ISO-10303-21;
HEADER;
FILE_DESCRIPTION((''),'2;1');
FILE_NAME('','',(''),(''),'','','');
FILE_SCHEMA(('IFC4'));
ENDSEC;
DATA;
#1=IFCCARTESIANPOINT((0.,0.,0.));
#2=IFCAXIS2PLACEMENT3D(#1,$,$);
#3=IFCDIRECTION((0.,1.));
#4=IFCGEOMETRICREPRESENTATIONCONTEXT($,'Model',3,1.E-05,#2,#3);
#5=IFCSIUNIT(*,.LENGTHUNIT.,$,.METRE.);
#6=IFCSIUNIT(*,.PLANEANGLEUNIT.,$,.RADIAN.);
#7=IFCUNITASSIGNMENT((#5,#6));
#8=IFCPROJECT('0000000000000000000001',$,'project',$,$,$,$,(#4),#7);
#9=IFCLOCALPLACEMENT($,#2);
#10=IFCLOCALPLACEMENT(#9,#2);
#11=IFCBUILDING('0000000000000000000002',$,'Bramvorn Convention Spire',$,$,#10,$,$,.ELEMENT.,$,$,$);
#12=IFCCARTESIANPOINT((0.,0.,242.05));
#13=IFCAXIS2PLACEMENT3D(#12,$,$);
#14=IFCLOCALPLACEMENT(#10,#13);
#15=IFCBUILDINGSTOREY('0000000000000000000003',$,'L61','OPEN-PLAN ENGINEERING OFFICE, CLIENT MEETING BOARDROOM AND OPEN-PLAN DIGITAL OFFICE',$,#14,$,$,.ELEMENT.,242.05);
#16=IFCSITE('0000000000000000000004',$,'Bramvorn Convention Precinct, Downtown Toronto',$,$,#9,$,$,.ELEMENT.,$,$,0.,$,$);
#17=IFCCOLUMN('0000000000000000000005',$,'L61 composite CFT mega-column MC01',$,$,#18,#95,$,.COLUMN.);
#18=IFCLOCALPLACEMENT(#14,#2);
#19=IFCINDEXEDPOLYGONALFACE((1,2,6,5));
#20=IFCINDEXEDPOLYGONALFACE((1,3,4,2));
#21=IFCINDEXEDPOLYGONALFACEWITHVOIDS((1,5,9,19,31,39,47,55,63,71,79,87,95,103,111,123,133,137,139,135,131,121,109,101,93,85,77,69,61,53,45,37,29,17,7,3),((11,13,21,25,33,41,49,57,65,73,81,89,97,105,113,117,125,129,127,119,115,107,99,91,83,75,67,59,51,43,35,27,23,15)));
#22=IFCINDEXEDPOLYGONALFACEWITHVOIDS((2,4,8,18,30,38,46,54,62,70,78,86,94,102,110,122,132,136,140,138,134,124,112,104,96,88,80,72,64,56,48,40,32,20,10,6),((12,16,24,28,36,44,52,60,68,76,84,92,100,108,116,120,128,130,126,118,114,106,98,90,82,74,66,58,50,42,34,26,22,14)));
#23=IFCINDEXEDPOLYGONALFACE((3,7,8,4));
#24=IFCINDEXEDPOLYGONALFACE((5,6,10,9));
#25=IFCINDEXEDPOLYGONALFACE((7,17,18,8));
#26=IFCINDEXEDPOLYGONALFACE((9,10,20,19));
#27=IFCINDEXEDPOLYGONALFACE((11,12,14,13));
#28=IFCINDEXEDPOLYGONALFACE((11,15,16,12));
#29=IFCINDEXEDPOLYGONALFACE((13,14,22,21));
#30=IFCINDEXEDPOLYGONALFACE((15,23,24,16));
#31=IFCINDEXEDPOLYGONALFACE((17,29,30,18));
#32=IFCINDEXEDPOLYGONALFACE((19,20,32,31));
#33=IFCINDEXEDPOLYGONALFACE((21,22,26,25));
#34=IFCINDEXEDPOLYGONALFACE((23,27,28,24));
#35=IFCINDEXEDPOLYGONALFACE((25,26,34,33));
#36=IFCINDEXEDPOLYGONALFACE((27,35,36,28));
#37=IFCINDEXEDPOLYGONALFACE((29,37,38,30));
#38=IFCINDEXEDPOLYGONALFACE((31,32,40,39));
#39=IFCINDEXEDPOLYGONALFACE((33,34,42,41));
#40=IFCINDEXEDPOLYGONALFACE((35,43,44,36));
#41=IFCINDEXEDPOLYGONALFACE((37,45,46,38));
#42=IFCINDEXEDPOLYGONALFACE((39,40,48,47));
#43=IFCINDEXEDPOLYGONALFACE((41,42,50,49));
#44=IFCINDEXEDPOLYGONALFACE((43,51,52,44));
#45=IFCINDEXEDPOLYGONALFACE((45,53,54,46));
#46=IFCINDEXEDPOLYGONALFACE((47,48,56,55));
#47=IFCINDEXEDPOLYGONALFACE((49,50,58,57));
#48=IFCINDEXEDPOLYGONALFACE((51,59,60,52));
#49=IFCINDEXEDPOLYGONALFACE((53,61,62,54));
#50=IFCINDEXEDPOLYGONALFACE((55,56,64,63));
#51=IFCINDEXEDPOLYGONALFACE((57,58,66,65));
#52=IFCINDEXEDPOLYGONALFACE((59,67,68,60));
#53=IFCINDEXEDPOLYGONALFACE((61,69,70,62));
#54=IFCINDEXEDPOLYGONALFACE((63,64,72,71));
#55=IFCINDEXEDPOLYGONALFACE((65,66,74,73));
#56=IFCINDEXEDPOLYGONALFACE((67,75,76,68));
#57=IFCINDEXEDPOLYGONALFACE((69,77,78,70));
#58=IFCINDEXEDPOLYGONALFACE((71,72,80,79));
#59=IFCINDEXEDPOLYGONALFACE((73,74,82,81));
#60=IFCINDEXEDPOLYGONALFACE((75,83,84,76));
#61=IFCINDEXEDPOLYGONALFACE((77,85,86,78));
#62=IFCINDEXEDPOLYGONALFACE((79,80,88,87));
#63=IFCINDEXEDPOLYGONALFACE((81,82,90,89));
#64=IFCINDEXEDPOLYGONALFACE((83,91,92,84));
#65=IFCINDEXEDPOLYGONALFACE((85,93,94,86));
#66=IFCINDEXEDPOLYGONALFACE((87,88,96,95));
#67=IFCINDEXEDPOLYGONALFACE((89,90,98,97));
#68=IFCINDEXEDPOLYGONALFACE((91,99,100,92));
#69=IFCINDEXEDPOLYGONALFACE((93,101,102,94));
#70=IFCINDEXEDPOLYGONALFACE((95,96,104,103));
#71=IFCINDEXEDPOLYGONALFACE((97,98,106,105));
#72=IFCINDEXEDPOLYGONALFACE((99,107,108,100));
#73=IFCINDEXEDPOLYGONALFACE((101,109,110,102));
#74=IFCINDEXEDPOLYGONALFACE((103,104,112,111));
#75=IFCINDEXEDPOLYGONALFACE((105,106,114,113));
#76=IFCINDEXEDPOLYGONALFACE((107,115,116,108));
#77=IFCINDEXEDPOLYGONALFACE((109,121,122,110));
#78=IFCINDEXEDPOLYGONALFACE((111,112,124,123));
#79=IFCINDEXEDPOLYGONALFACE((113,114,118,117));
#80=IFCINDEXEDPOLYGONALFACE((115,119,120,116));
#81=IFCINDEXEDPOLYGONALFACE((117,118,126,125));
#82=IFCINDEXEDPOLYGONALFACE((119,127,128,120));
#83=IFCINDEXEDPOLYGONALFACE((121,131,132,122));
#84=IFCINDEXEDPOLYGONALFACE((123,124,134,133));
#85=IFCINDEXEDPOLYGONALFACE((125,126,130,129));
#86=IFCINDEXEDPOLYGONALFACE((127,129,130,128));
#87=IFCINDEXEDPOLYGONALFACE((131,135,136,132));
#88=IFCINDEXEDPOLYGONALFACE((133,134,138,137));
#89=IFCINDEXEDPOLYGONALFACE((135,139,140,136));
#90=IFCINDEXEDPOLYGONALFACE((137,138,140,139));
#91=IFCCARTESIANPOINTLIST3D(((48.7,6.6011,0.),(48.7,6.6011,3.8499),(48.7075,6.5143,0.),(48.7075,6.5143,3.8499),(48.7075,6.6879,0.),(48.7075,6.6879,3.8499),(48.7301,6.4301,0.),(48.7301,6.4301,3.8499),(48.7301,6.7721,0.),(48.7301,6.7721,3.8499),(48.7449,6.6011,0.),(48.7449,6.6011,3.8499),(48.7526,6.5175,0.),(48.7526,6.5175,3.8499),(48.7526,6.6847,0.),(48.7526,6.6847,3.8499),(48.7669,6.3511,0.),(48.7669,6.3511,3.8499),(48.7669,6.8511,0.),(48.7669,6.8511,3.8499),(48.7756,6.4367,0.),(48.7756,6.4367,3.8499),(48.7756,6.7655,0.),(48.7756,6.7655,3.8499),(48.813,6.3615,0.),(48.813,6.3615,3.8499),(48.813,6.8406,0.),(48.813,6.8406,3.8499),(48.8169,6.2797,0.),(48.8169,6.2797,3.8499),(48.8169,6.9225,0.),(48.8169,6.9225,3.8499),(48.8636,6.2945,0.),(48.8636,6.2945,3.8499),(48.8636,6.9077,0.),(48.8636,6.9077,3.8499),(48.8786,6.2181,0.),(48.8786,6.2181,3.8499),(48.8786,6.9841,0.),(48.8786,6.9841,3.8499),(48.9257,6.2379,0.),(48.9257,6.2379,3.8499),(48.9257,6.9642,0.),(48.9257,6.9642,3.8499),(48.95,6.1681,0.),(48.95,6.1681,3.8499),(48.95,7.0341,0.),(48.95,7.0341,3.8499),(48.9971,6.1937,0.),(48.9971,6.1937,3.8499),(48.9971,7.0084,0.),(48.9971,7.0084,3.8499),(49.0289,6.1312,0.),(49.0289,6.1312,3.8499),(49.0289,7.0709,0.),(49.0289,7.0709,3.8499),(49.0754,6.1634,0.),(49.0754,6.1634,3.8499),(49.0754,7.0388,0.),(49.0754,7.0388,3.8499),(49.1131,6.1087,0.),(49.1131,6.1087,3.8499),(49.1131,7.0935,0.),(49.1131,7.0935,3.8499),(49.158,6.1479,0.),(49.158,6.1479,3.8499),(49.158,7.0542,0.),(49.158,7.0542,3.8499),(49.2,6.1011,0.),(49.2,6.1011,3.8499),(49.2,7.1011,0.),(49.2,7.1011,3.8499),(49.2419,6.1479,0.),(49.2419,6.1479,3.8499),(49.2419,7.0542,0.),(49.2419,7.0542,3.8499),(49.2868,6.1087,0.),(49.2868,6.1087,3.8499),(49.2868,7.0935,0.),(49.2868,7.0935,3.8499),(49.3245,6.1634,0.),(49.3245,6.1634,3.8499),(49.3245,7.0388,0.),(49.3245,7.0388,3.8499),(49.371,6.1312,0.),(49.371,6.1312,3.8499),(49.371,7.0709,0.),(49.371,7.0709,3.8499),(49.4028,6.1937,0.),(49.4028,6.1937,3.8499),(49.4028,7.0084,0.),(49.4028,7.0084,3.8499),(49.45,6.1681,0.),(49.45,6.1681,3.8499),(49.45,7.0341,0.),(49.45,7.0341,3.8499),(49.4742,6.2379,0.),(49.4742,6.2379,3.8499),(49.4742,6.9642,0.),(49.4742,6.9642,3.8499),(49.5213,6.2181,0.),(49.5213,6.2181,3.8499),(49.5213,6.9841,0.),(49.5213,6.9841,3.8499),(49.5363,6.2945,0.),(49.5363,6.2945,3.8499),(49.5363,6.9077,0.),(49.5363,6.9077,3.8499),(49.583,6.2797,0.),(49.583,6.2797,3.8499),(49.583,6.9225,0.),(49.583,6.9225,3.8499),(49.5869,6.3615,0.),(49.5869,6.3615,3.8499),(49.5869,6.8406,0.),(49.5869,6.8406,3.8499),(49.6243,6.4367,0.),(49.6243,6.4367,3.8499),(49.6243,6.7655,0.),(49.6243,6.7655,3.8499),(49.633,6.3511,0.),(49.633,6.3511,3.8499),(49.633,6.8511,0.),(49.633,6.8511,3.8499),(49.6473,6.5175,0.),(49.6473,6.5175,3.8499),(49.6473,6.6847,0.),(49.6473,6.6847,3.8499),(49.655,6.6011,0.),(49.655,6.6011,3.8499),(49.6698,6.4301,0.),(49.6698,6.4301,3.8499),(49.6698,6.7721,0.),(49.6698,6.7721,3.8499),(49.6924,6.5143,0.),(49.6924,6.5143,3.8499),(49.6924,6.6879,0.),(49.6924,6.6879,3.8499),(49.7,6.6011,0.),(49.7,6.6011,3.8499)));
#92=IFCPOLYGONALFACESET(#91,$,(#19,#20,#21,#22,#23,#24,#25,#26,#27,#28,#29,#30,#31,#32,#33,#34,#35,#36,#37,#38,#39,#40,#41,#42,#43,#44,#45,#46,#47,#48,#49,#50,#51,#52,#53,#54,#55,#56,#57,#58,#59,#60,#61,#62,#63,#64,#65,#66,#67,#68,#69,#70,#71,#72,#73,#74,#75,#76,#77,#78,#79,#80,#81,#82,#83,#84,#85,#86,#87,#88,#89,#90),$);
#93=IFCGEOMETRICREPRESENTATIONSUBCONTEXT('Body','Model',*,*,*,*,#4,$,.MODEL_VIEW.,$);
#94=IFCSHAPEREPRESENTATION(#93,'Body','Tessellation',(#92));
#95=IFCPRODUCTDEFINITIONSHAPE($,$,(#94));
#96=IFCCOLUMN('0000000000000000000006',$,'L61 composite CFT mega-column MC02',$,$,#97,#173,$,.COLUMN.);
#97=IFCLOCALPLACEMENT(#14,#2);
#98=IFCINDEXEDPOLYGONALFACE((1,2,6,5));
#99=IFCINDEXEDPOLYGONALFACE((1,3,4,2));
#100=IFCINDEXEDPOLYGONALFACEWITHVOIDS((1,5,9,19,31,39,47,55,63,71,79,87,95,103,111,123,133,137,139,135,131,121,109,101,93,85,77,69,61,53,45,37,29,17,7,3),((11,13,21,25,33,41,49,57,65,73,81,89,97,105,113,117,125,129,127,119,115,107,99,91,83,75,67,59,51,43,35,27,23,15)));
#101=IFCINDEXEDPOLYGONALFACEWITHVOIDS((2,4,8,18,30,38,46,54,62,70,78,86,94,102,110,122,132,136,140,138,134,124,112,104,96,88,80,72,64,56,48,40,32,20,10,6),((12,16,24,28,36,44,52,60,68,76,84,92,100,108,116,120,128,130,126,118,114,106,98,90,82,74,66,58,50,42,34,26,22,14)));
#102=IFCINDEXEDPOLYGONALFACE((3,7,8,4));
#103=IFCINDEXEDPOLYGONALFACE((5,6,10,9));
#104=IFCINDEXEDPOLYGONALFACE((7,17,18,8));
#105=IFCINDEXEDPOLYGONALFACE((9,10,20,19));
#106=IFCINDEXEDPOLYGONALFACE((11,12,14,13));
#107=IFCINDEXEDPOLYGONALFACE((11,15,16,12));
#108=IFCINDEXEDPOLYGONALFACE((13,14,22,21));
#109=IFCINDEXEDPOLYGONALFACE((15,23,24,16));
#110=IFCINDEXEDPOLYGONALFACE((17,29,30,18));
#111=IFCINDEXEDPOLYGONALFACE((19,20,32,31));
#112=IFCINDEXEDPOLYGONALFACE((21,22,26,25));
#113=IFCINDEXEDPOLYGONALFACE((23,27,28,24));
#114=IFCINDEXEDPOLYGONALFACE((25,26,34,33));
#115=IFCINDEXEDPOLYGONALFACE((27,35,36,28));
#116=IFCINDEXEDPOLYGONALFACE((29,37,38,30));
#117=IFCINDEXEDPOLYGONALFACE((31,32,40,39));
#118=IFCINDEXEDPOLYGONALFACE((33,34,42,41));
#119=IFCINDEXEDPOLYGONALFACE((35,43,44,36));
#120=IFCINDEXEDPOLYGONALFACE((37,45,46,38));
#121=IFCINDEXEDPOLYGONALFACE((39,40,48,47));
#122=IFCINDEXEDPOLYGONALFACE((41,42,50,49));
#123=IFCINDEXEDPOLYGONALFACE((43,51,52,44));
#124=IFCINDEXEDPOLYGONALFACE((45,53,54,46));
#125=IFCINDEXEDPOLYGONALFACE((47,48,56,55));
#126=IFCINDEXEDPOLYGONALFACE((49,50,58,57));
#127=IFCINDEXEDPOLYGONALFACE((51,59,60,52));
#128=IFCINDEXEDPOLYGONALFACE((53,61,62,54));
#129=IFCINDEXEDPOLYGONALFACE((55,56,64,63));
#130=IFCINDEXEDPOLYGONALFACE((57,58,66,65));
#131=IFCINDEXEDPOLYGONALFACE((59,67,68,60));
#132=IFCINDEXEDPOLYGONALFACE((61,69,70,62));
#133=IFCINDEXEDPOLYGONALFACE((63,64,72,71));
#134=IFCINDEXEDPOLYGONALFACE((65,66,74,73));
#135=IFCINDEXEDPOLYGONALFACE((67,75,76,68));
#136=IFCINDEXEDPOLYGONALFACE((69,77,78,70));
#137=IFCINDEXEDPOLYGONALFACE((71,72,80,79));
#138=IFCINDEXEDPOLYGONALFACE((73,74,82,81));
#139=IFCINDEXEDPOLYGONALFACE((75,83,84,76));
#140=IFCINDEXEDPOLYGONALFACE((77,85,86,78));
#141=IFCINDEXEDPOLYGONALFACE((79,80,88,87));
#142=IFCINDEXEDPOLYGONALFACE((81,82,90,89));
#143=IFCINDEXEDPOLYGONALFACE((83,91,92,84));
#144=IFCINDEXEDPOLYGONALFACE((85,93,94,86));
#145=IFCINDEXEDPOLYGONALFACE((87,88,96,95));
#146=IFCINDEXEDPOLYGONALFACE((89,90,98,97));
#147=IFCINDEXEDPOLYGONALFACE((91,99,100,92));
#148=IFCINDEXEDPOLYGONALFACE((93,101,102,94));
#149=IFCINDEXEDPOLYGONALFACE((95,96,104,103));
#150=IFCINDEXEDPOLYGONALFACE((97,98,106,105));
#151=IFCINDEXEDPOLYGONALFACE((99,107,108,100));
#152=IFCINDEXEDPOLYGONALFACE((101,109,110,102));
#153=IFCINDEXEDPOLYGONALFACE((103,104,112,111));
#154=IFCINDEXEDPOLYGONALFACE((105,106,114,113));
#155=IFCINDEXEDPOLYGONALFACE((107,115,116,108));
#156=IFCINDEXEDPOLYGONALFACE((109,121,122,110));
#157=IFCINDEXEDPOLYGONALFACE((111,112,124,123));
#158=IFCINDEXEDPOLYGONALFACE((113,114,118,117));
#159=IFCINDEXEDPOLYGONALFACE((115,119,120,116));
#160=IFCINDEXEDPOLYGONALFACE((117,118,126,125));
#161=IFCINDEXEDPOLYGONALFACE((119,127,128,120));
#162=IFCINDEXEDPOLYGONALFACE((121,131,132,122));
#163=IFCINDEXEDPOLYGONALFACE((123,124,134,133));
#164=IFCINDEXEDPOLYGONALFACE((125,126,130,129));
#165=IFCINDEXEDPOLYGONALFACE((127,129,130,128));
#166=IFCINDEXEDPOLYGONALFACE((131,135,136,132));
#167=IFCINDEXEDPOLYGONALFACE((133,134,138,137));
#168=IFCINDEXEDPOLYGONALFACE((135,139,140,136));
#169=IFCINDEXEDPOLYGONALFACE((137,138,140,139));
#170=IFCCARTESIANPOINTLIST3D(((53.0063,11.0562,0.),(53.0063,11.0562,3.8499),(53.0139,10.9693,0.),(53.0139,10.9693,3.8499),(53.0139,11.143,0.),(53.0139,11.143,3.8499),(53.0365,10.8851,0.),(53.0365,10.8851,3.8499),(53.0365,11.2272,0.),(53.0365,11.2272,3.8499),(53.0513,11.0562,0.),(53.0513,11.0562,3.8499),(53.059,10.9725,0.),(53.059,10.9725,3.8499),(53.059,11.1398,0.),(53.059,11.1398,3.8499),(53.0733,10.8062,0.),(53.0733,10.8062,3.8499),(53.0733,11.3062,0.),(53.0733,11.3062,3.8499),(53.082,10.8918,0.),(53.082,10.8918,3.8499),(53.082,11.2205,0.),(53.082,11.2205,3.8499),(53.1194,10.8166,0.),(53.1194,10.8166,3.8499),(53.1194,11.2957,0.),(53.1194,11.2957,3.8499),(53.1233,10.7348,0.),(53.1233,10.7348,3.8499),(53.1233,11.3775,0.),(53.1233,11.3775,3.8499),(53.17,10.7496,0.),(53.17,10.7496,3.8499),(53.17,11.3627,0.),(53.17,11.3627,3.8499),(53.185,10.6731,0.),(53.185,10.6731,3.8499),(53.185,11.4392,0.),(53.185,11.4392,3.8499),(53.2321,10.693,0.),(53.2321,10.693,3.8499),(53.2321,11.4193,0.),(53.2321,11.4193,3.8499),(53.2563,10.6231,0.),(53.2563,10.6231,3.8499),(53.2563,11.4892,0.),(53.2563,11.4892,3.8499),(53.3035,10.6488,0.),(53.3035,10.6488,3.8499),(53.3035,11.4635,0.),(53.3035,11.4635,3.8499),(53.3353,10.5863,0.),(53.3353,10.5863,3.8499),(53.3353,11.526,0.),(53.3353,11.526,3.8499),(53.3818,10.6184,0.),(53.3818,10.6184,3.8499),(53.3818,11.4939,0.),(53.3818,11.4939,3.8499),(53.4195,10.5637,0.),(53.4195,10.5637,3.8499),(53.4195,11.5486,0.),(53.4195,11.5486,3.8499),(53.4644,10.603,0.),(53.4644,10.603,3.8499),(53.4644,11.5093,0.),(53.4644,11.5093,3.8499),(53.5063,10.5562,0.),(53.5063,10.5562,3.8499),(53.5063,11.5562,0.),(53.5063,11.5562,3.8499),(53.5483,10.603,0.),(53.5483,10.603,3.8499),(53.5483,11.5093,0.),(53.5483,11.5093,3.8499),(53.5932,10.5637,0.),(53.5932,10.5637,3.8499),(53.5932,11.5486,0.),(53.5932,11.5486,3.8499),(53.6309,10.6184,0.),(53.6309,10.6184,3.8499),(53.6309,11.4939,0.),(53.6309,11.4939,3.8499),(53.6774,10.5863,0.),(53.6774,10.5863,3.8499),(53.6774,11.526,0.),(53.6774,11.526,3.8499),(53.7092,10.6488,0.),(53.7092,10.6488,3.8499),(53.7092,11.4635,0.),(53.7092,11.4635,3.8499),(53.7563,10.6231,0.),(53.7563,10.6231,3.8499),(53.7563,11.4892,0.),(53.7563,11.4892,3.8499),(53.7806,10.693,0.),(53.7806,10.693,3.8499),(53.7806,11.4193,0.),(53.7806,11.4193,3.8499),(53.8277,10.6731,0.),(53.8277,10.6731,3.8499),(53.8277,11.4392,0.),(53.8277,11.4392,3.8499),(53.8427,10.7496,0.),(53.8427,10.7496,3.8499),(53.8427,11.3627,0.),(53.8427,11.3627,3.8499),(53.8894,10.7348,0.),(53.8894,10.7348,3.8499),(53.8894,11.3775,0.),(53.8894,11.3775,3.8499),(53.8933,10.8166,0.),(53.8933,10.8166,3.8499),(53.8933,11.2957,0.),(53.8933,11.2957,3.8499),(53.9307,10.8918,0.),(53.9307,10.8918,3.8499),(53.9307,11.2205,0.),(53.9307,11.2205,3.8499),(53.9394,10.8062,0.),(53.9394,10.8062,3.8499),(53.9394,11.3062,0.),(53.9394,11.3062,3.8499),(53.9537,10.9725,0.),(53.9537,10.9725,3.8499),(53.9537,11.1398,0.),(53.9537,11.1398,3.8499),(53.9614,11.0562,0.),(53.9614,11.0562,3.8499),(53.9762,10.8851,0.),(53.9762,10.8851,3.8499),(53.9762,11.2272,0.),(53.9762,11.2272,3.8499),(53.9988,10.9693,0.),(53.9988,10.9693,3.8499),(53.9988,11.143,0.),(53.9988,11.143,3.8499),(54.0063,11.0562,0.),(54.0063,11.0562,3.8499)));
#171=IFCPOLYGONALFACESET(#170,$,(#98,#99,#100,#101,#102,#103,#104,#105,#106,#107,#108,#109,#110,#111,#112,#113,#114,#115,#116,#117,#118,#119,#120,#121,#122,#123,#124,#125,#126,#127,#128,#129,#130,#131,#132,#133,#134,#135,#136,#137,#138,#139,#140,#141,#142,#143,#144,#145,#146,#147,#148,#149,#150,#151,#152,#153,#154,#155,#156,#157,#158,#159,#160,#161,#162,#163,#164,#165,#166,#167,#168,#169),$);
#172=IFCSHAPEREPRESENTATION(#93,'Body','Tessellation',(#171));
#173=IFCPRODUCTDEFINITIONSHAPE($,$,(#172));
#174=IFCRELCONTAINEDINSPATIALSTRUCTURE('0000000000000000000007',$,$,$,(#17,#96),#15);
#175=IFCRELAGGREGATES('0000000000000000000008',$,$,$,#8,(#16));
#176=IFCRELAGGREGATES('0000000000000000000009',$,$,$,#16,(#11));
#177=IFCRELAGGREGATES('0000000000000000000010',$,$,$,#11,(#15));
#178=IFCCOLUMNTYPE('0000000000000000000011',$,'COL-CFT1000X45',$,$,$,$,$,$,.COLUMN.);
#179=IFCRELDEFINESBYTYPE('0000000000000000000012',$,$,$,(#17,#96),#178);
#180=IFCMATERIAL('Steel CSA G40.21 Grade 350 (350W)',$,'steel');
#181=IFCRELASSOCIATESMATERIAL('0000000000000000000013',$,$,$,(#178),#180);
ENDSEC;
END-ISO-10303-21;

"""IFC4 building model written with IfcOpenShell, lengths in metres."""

from ifc_helpers import new_model, si_unit, direction, frame, origin, origin_2d, place, context, subcontext, project, spatial, hollow_circle, extrude, material, material_profile, profile_set, type_object, element, save


model = new_model("IFC4")

# Units and contexts
model_context = context("Model", 3, precision=1e-05, world=origin(), true_north=direction((0.0, 1.0)))
body_context = subcontext(model_context, "Body", "Model", "MODEL_VIEW")
ifc_project = project(units=[si_unit("LENGTHUNIT", "METRE"), si_unit("PLANEANGLEUNIT", "RADIAN")], contexts=[model_context])

# Site, building, storey
site_placement = place(None, origin())
site = spatial("IfcSite", under=ifc_project, at=site_placement, Name="Bramvorn Convention Precinct, Downtown Toronto", CompositionType="ELEMENT", RefElevation=0.0)
building_placement = place(site_placement, origin())
building = spatial("IfcBuilding", under=site, at=building_placement, Name="Bramvorn Convention Spire", CompositionType="ELEMENT")
storey_placement = place(building_placement, frame((0.0, 0.0, 242.05)))
storey = spatial("IfcBuildingStorey", under=building, at=storey_placement, Name="L61", Description="OPEN-PLAN ENGINEERING OFFICE, CLIENT MEETING BOARDROOM AND OPEN-PLAN DIGITAL OFFICE", CompositionType="ELEMENT", Elevation=242.05)

# Columns
ifc_material_1 = material(Name="Steel CSA G40.21 Grade 350 (350W)", Category="steel")
ifc_material_profile_1 = material_profile(ifc_material_1, hollow_circle(Radius=0.5, WallThickness=0.0449, at=origin_2d()))
ifc_profile_set_1 = profile_set([ifc_material_profile_1], Name="Steel CSA G40.21 Grade 350 (350W) - CFT1000X45")
column_type = type_object("IfcColumnType", Name="COL-CFT1000X45", PredefinedType="COLUMN", material=ifc_profile_set_1)
for number, where, z_axis, x_axis, name in (
    (1, (49.2, 6.6011, 0.0), (0.0, 0.0, 1.0), (1.0, 0.0, 0.0), "L61 composite CFT mega-column MC01"),
    (2, (53.5063, 11.0562, 0.0), (0.0, 0.0, 1.0), (1.0, 0.0, 0.0), "L61 composite CFT mega-column MC02"),
):
    element("IfcColumn", number, at=place(storey_placement, frame(where, z_axis=z_axis, x_axis=x_axis)), inside=storey, type_object=column_type, Name=name, PredefinedType="COLUMN", context=body_context, shape_type="SweptSolid", body=[
        extrude(hollow_circle(Radius=0.5, WallThickness=0.0449, at=origin_2d()), origin(), (0.0, 0.0, 1.0), 3.8499),
    ])

save(model, "model.ifc")
